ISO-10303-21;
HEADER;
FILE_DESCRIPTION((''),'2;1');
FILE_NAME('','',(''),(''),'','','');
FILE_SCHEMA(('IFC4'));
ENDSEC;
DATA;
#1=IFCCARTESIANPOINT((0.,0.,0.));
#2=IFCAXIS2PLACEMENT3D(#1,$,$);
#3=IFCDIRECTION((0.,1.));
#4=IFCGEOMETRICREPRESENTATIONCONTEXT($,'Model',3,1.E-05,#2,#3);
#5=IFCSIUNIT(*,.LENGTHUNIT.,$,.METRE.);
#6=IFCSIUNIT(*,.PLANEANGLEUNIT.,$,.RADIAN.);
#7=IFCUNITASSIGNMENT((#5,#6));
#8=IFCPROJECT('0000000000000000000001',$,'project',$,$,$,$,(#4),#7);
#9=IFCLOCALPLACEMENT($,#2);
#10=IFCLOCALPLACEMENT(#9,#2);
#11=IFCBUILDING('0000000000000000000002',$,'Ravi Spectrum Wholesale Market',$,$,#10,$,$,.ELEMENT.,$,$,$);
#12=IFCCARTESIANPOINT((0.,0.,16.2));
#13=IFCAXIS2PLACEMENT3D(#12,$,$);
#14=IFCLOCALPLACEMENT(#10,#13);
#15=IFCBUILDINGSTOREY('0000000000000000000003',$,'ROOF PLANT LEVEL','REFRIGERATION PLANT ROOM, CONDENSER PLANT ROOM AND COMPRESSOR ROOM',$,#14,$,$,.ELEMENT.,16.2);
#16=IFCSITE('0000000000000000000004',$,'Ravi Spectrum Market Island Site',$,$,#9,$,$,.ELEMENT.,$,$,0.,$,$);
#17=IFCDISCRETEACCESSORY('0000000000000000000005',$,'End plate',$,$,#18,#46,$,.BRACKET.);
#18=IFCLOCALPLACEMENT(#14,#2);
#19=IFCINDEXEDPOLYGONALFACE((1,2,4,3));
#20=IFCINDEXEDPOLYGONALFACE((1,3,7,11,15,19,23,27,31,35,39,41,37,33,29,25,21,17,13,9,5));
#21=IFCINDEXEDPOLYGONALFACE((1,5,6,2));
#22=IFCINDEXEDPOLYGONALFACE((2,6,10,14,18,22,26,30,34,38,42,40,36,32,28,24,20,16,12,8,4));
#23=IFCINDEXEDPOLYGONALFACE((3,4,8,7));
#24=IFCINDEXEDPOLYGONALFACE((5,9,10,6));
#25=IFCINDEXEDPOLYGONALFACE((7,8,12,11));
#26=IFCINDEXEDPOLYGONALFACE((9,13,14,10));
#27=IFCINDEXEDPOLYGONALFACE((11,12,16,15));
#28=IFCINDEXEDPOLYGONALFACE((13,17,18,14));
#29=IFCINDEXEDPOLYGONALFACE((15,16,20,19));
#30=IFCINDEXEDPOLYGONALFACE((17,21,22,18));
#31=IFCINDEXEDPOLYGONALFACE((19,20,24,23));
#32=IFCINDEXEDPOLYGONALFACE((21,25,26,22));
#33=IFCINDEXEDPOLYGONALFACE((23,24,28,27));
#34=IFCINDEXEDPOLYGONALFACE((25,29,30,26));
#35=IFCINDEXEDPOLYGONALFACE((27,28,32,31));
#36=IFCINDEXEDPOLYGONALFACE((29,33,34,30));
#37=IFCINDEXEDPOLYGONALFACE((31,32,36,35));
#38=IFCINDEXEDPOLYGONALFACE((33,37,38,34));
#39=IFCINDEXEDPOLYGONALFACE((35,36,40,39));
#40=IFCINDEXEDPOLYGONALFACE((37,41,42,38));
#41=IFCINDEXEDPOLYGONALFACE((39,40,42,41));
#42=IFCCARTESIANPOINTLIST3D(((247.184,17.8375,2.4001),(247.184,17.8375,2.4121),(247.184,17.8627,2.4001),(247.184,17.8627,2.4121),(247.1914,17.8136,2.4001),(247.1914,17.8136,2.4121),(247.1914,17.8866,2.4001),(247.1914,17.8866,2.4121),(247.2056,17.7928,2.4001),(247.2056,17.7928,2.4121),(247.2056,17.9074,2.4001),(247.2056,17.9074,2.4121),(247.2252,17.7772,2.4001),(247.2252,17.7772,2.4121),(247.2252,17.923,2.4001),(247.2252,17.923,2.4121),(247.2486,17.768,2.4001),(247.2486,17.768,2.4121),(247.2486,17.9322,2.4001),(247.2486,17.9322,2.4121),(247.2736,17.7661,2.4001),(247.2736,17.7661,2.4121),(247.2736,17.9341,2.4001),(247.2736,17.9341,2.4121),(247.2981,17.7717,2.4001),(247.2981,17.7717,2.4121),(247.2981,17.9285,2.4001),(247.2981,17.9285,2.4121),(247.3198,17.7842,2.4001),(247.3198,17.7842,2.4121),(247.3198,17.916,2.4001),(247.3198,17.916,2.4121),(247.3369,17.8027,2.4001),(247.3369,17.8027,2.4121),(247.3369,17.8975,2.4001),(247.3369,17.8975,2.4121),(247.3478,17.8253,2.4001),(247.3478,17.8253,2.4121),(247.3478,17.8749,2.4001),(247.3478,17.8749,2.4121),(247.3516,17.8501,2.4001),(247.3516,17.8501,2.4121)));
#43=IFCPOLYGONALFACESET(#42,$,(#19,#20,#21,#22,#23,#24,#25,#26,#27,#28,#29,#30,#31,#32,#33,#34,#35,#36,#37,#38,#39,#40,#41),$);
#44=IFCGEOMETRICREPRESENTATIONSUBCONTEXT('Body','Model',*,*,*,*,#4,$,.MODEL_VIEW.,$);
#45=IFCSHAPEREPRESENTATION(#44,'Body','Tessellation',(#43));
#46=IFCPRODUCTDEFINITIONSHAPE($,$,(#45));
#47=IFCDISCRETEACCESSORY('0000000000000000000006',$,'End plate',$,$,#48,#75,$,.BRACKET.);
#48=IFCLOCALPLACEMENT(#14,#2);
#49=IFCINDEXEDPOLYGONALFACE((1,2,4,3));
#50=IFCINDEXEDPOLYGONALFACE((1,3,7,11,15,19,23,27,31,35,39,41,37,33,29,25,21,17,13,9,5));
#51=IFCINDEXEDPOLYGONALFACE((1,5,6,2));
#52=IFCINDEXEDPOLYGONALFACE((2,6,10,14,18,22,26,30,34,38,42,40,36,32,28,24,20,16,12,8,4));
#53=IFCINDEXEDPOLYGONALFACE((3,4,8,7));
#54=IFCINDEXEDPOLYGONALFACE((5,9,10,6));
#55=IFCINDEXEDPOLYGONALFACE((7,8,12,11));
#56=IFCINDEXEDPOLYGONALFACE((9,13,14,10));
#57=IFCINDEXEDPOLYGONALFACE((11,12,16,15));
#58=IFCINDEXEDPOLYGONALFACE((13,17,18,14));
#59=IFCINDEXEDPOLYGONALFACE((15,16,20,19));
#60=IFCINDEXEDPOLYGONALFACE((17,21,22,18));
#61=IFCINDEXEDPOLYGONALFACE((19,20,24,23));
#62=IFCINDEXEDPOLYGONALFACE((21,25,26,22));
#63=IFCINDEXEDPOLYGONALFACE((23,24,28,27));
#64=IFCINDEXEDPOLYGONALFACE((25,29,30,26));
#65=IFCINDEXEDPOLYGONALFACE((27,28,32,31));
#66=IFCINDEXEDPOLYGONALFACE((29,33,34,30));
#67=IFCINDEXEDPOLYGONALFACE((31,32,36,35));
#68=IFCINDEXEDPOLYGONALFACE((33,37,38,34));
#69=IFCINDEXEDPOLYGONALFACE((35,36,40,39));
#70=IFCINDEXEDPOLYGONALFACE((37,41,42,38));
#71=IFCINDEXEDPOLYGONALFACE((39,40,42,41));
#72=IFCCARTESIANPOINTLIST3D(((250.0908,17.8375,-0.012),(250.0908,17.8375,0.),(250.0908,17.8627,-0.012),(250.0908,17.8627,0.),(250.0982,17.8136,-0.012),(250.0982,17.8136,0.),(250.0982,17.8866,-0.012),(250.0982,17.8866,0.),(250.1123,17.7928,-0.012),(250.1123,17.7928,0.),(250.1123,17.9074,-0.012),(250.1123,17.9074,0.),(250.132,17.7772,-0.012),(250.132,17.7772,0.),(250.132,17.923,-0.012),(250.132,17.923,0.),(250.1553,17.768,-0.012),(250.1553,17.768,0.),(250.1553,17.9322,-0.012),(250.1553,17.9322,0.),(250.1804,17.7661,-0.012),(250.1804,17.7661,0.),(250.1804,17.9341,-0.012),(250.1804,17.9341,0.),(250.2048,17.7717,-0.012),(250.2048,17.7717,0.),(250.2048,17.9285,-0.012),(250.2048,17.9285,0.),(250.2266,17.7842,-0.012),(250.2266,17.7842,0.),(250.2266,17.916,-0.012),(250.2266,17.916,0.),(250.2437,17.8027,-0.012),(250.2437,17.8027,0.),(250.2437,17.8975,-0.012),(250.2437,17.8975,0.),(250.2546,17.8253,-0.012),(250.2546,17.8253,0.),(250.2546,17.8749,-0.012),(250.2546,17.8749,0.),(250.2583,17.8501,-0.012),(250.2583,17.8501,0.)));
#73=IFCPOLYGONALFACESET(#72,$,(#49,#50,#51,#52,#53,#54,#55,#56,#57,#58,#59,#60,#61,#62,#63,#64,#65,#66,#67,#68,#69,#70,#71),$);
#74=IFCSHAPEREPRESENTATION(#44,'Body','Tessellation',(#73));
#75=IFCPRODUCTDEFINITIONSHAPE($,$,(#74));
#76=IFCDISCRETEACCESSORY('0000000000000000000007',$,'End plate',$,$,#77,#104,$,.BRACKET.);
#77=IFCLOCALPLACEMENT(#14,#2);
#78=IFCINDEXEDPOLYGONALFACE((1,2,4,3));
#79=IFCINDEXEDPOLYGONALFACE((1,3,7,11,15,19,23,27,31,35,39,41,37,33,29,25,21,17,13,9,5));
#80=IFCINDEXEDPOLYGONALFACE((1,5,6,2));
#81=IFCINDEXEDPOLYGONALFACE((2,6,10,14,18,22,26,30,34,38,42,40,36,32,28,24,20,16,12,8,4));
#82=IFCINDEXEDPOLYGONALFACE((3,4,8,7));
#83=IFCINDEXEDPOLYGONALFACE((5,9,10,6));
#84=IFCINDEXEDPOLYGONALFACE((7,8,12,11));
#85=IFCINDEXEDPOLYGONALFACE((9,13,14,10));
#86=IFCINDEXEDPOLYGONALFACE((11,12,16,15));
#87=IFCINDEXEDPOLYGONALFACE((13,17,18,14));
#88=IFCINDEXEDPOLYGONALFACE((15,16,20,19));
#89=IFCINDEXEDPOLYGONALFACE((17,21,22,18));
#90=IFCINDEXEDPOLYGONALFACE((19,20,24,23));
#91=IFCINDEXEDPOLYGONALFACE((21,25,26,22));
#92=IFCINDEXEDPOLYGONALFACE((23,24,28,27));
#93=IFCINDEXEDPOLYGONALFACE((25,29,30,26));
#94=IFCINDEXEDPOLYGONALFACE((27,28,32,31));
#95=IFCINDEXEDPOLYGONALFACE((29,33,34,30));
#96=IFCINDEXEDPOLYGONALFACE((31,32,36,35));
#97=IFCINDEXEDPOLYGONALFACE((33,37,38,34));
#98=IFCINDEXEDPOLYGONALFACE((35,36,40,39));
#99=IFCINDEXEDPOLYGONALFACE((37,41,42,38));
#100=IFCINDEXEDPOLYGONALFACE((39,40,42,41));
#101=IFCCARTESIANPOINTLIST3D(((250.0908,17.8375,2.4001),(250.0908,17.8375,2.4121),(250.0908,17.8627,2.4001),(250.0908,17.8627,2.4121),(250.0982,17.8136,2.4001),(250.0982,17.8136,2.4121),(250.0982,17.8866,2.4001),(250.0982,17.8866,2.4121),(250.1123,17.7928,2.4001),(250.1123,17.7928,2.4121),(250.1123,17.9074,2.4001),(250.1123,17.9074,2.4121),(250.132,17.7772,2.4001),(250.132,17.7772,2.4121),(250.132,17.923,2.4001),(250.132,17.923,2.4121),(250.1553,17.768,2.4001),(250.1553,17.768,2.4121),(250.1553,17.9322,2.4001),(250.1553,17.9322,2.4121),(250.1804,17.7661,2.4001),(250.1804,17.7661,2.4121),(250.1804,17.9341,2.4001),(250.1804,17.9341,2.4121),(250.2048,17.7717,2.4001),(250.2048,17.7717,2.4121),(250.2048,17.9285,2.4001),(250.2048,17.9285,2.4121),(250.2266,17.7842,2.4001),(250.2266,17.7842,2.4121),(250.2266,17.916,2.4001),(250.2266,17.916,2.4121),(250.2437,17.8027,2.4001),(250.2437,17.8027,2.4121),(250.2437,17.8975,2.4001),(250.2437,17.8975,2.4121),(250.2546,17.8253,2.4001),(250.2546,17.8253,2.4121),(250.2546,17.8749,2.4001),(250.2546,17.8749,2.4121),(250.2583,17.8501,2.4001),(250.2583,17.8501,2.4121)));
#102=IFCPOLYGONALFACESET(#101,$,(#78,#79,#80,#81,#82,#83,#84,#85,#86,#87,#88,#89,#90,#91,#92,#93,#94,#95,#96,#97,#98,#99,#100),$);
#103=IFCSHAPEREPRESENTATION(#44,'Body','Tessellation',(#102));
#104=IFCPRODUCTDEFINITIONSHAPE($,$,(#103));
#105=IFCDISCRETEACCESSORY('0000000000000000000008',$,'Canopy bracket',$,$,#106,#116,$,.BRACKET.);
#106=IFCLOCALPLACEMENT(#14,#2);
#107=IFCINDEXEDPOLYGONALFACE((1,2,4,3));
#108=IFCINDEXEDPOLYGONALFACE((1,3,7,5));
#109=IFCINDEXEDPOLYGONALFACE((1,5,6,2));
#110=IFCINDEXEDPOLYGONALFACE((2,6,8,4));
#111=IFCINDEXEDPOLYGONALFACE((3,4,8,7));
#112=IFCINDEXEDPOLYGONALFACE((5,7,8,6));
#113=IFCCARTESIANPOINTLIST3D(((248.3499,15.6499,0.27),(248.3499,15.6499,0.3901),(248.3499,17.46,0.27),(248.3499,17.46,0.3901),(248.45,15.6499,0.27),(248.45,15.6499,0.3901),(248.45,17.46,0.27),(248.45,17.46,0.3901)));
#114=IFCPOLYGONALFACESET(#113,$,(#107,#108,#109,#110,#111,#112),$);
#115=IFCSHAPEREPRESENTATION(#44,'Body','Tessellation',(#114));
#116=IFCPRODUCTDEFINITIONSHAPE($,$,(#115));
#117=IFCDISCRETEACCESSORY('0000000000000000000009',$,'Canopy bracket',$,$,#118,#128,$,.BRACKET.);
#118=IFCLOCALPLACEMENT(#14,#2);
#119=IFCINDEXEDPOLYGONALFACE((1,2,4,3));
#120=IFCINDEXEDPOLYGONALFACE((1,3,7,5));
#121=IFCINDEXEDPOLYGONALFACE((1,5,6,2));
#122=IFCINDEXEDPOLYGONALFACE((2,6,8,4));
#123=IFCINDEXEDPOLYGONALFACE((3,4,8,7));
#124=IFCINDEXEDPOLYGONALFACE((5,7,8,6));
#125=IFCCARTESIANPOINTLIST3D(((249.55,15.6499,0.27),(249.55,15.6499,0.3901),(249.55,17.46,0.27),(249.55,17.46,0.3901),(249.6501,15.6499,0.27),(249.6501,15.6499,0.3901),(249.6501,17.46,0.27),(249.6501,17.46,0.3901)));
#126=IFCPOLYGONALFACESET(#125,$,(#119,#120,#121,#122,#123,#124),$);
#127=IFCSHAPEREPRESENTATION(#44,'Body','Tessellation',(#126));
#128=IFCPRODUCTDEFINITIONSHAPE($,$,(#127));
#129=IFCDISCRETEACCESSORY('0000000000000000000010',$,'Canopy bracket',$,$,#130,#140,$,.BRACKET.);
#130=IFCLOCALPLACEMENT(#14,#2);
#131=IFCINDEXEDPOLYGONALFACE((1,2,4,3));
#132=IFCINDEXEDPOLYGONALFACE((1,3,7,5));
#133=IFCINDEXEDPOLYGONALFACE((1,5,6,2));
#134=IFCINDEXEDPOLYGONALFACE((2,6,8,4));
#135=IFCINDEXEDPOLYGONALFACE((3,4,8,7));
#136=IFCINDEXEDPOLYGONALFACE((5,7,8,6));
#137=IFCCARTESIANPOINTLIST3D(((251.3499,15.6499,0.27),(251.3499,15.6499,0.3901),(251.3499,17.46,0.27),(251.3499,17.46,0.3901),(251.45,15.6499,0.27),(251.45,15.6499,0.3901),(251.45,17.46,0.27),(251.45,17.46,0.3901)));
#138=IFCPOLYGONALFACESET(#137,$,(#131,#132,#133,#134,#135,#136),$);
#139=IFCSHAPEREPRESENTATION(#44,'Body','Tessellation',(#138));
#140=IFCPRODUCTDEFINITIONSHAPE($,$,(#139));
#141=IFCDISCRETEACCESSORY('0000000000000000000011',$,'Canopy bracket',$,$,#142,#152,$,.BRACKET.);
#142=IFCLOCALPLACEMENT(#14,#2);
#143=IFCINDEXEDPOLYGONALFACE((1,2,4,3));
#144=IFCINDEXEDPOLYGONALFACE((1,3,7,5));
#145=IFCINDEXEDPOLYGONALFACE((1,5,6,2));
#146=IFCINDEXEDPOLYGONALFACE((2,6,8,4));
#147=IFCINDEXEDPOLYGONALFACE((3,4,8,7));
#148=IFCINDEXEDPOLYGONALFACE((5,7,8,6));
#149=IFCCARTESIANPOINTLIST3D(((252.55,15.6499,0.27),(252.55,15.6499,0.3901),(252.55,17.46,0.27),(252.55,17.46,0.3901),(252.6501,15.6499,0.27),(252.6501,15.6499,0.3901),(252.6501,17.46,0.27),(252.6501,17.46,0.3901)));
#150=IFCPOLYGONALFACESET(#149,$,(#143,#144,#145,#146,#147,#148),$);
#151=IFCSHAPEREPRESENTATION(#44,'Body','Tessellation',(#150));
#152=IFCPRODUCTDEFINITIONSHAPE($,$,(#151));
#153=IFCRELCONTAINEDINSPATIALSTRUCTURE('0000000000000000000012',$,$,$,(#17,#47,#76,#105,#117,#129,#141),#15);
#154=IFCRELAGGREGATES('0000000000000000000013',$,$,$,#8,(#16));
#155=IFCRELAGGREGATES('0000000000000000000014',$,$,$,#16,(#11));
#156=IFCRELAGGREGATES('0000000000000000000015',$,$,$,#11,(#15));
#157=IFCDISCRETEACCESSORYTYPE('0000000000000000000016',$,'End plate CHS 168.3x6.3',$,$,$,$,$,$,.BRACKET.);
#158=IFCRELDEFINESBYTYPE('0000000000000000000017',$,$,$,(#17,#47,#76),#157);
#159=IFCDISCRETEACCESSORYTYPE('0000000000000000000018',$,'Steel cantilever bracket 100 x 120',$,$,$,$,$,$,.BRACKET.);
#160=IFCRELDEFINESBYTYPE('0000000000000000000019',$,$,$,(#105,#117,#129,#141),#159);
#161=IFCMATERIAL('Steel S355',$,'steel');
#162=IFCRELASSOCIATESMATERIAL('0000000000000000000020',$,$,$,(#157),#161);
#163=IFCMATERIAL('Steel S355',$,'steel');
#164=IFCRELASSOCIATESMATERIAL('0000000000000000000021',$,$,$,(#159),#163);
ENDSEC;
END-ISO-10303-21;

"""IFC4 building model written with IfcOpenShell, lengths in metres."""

from ifc_helpers import new_model, si_unit, direction, frame, origin, origin_2d, place, context, subcontext, project, spatial, rectangle, circle, extrude, material, material_profile, profile_set, type_object, element, save


model = new_model("IFC4")

# Units and contexts
model_context = context("Model", 3, precision=1e-05, world=origin(), true_north=direction((0.0, 1.0)))
body_context = subcontext(model_context, "Body", "Model", "MODEL_VIEW")
ifc_project = project(units=[si_unit("LENGTHUNIT", "METRE"), si_unit("PLANEANGLEUNIT", "RADIAN")], contexts=[model_context])

# Site, building, storey
site_placement = place(None, origin())
site = spatial("IfcSite", under=ifc_project, at=site_placement, Name="Ravi Spectrum Market Island Site", CompositionType="ELEMENT", RefElevation=0.0)
building_placement = place(site_placement, origin())
building = spatial("IfcBuilding", under=site, at=building_placement, Name="Ravi Spectrum Wholesale Market", CompositionType="ELEMENT")
storey_placement = place(building_placement, frame((0.0, 0.0, 16.2)))
storey = spatial("IfcBuildingStorey", under=building, at=storey_placement, Name="ROOF PLANT LEVEL", Description="REFRIGERATION PLANT ROOM, CONDENSER PLANT ROOM AND COMPRESSOR ROOM", CompositionType="ELEMENT", Elevation=16.2)

# Discrete accessories
ifc_material_1 = material(Name="Steel S355", Category="steel")
ifc_material_profile_1 = material_profile(ifc_material_1, circle(Radius=0.0842, at=origin_2d()))
ifc_profile_set_1 = profile_set([ifc_material_profile_1], Name="Steel S355")
discrete_accessory_type_1 = type_object("IfcDiscreteAccessoryType", Name="End plate CHS 168.3x6.3", PredefinedType="BRACKET", material=ifc_profile_set_1)
for number, where, z_axis, x_axis, name in (
    (1, (247.2673, 17.8501, 2.4001), (0.0, 0.0, 1.0), (1.0, 0.0, 0.0), "End plate"),
    (2, (250.1741, 17.8501, 0.0), (0.0, 0.0, -1.0), (1.0, 0.0, 0.0), "End plate"),
    (3, (250.1741, 17.8501, 2.4001), (0.0, 0.0, 1.0), (1.0, 0.0, 0.0), "End plate"),
):
    element("IfcDiscreteAccessory", number, at=place(storey_placement, frame(where, z_axis=z_axis, x_axis=x_axis)), inside=storey, type_object=discrete_accessory_type_1, Name=name, PredefinedType="BRACKET", context=body_context, shape_type="SweptSolid", body=[
        extrude(circle(Radius=0.0842, at=origin_2d()), origin(), (0.0, 0.0, 1.0), 0.012),
    ])
ifc_material_2 = material(Name="Steel S355", Category="steel")
discrete_accessory_type_2 = type_object("IfcDiscreteAccessoryType", Name="Steel cantilever bracket 100 x 120", PredefinedType="BRACKET", material=ifc_material_2)
for number, where, z_axis, x_axis, name in (
    (4, (248.3999, 16.5549, 0.27), (0.0, 0.0, 1.0), (1.0, 0.0, 0.0), "Canopy bracket"),
    (5, (249.6001, 16.5549, 0.27), (0.0, 0.0, 1.0), (1.0, 0.0, 0.0), "Canopy bracket"),
    (6, (251.3999, 16.5549, 0.27), (0.0, 0.0, 1.0), (1.0, 0.0, 0.0), "Canopy bracket"),
    (7, (252.6001, 16.5549, 0.27), (0.0, 0.0, 1.0), (1.0, 0.0, 0.0), "Canopy bracket"),
):
    element("IfcDiscreteAccessory", number, at=place(storey_placement, frame(where, z_axis=z_axis, x_axis=x_axis)), inside=storey, type_object=discrete_accessory_type_2, Name=name, PredefinedType="BRACKET", context=body_context, shape_type="SweptSolid", body=[
        extrude(rectangle(XDim=0.1001, YDim=1.8101, at=origin_2d()), origin(), (0.0, 0.0, 1.0), 0.1201),
    ])

save(model, "model.ifc")
